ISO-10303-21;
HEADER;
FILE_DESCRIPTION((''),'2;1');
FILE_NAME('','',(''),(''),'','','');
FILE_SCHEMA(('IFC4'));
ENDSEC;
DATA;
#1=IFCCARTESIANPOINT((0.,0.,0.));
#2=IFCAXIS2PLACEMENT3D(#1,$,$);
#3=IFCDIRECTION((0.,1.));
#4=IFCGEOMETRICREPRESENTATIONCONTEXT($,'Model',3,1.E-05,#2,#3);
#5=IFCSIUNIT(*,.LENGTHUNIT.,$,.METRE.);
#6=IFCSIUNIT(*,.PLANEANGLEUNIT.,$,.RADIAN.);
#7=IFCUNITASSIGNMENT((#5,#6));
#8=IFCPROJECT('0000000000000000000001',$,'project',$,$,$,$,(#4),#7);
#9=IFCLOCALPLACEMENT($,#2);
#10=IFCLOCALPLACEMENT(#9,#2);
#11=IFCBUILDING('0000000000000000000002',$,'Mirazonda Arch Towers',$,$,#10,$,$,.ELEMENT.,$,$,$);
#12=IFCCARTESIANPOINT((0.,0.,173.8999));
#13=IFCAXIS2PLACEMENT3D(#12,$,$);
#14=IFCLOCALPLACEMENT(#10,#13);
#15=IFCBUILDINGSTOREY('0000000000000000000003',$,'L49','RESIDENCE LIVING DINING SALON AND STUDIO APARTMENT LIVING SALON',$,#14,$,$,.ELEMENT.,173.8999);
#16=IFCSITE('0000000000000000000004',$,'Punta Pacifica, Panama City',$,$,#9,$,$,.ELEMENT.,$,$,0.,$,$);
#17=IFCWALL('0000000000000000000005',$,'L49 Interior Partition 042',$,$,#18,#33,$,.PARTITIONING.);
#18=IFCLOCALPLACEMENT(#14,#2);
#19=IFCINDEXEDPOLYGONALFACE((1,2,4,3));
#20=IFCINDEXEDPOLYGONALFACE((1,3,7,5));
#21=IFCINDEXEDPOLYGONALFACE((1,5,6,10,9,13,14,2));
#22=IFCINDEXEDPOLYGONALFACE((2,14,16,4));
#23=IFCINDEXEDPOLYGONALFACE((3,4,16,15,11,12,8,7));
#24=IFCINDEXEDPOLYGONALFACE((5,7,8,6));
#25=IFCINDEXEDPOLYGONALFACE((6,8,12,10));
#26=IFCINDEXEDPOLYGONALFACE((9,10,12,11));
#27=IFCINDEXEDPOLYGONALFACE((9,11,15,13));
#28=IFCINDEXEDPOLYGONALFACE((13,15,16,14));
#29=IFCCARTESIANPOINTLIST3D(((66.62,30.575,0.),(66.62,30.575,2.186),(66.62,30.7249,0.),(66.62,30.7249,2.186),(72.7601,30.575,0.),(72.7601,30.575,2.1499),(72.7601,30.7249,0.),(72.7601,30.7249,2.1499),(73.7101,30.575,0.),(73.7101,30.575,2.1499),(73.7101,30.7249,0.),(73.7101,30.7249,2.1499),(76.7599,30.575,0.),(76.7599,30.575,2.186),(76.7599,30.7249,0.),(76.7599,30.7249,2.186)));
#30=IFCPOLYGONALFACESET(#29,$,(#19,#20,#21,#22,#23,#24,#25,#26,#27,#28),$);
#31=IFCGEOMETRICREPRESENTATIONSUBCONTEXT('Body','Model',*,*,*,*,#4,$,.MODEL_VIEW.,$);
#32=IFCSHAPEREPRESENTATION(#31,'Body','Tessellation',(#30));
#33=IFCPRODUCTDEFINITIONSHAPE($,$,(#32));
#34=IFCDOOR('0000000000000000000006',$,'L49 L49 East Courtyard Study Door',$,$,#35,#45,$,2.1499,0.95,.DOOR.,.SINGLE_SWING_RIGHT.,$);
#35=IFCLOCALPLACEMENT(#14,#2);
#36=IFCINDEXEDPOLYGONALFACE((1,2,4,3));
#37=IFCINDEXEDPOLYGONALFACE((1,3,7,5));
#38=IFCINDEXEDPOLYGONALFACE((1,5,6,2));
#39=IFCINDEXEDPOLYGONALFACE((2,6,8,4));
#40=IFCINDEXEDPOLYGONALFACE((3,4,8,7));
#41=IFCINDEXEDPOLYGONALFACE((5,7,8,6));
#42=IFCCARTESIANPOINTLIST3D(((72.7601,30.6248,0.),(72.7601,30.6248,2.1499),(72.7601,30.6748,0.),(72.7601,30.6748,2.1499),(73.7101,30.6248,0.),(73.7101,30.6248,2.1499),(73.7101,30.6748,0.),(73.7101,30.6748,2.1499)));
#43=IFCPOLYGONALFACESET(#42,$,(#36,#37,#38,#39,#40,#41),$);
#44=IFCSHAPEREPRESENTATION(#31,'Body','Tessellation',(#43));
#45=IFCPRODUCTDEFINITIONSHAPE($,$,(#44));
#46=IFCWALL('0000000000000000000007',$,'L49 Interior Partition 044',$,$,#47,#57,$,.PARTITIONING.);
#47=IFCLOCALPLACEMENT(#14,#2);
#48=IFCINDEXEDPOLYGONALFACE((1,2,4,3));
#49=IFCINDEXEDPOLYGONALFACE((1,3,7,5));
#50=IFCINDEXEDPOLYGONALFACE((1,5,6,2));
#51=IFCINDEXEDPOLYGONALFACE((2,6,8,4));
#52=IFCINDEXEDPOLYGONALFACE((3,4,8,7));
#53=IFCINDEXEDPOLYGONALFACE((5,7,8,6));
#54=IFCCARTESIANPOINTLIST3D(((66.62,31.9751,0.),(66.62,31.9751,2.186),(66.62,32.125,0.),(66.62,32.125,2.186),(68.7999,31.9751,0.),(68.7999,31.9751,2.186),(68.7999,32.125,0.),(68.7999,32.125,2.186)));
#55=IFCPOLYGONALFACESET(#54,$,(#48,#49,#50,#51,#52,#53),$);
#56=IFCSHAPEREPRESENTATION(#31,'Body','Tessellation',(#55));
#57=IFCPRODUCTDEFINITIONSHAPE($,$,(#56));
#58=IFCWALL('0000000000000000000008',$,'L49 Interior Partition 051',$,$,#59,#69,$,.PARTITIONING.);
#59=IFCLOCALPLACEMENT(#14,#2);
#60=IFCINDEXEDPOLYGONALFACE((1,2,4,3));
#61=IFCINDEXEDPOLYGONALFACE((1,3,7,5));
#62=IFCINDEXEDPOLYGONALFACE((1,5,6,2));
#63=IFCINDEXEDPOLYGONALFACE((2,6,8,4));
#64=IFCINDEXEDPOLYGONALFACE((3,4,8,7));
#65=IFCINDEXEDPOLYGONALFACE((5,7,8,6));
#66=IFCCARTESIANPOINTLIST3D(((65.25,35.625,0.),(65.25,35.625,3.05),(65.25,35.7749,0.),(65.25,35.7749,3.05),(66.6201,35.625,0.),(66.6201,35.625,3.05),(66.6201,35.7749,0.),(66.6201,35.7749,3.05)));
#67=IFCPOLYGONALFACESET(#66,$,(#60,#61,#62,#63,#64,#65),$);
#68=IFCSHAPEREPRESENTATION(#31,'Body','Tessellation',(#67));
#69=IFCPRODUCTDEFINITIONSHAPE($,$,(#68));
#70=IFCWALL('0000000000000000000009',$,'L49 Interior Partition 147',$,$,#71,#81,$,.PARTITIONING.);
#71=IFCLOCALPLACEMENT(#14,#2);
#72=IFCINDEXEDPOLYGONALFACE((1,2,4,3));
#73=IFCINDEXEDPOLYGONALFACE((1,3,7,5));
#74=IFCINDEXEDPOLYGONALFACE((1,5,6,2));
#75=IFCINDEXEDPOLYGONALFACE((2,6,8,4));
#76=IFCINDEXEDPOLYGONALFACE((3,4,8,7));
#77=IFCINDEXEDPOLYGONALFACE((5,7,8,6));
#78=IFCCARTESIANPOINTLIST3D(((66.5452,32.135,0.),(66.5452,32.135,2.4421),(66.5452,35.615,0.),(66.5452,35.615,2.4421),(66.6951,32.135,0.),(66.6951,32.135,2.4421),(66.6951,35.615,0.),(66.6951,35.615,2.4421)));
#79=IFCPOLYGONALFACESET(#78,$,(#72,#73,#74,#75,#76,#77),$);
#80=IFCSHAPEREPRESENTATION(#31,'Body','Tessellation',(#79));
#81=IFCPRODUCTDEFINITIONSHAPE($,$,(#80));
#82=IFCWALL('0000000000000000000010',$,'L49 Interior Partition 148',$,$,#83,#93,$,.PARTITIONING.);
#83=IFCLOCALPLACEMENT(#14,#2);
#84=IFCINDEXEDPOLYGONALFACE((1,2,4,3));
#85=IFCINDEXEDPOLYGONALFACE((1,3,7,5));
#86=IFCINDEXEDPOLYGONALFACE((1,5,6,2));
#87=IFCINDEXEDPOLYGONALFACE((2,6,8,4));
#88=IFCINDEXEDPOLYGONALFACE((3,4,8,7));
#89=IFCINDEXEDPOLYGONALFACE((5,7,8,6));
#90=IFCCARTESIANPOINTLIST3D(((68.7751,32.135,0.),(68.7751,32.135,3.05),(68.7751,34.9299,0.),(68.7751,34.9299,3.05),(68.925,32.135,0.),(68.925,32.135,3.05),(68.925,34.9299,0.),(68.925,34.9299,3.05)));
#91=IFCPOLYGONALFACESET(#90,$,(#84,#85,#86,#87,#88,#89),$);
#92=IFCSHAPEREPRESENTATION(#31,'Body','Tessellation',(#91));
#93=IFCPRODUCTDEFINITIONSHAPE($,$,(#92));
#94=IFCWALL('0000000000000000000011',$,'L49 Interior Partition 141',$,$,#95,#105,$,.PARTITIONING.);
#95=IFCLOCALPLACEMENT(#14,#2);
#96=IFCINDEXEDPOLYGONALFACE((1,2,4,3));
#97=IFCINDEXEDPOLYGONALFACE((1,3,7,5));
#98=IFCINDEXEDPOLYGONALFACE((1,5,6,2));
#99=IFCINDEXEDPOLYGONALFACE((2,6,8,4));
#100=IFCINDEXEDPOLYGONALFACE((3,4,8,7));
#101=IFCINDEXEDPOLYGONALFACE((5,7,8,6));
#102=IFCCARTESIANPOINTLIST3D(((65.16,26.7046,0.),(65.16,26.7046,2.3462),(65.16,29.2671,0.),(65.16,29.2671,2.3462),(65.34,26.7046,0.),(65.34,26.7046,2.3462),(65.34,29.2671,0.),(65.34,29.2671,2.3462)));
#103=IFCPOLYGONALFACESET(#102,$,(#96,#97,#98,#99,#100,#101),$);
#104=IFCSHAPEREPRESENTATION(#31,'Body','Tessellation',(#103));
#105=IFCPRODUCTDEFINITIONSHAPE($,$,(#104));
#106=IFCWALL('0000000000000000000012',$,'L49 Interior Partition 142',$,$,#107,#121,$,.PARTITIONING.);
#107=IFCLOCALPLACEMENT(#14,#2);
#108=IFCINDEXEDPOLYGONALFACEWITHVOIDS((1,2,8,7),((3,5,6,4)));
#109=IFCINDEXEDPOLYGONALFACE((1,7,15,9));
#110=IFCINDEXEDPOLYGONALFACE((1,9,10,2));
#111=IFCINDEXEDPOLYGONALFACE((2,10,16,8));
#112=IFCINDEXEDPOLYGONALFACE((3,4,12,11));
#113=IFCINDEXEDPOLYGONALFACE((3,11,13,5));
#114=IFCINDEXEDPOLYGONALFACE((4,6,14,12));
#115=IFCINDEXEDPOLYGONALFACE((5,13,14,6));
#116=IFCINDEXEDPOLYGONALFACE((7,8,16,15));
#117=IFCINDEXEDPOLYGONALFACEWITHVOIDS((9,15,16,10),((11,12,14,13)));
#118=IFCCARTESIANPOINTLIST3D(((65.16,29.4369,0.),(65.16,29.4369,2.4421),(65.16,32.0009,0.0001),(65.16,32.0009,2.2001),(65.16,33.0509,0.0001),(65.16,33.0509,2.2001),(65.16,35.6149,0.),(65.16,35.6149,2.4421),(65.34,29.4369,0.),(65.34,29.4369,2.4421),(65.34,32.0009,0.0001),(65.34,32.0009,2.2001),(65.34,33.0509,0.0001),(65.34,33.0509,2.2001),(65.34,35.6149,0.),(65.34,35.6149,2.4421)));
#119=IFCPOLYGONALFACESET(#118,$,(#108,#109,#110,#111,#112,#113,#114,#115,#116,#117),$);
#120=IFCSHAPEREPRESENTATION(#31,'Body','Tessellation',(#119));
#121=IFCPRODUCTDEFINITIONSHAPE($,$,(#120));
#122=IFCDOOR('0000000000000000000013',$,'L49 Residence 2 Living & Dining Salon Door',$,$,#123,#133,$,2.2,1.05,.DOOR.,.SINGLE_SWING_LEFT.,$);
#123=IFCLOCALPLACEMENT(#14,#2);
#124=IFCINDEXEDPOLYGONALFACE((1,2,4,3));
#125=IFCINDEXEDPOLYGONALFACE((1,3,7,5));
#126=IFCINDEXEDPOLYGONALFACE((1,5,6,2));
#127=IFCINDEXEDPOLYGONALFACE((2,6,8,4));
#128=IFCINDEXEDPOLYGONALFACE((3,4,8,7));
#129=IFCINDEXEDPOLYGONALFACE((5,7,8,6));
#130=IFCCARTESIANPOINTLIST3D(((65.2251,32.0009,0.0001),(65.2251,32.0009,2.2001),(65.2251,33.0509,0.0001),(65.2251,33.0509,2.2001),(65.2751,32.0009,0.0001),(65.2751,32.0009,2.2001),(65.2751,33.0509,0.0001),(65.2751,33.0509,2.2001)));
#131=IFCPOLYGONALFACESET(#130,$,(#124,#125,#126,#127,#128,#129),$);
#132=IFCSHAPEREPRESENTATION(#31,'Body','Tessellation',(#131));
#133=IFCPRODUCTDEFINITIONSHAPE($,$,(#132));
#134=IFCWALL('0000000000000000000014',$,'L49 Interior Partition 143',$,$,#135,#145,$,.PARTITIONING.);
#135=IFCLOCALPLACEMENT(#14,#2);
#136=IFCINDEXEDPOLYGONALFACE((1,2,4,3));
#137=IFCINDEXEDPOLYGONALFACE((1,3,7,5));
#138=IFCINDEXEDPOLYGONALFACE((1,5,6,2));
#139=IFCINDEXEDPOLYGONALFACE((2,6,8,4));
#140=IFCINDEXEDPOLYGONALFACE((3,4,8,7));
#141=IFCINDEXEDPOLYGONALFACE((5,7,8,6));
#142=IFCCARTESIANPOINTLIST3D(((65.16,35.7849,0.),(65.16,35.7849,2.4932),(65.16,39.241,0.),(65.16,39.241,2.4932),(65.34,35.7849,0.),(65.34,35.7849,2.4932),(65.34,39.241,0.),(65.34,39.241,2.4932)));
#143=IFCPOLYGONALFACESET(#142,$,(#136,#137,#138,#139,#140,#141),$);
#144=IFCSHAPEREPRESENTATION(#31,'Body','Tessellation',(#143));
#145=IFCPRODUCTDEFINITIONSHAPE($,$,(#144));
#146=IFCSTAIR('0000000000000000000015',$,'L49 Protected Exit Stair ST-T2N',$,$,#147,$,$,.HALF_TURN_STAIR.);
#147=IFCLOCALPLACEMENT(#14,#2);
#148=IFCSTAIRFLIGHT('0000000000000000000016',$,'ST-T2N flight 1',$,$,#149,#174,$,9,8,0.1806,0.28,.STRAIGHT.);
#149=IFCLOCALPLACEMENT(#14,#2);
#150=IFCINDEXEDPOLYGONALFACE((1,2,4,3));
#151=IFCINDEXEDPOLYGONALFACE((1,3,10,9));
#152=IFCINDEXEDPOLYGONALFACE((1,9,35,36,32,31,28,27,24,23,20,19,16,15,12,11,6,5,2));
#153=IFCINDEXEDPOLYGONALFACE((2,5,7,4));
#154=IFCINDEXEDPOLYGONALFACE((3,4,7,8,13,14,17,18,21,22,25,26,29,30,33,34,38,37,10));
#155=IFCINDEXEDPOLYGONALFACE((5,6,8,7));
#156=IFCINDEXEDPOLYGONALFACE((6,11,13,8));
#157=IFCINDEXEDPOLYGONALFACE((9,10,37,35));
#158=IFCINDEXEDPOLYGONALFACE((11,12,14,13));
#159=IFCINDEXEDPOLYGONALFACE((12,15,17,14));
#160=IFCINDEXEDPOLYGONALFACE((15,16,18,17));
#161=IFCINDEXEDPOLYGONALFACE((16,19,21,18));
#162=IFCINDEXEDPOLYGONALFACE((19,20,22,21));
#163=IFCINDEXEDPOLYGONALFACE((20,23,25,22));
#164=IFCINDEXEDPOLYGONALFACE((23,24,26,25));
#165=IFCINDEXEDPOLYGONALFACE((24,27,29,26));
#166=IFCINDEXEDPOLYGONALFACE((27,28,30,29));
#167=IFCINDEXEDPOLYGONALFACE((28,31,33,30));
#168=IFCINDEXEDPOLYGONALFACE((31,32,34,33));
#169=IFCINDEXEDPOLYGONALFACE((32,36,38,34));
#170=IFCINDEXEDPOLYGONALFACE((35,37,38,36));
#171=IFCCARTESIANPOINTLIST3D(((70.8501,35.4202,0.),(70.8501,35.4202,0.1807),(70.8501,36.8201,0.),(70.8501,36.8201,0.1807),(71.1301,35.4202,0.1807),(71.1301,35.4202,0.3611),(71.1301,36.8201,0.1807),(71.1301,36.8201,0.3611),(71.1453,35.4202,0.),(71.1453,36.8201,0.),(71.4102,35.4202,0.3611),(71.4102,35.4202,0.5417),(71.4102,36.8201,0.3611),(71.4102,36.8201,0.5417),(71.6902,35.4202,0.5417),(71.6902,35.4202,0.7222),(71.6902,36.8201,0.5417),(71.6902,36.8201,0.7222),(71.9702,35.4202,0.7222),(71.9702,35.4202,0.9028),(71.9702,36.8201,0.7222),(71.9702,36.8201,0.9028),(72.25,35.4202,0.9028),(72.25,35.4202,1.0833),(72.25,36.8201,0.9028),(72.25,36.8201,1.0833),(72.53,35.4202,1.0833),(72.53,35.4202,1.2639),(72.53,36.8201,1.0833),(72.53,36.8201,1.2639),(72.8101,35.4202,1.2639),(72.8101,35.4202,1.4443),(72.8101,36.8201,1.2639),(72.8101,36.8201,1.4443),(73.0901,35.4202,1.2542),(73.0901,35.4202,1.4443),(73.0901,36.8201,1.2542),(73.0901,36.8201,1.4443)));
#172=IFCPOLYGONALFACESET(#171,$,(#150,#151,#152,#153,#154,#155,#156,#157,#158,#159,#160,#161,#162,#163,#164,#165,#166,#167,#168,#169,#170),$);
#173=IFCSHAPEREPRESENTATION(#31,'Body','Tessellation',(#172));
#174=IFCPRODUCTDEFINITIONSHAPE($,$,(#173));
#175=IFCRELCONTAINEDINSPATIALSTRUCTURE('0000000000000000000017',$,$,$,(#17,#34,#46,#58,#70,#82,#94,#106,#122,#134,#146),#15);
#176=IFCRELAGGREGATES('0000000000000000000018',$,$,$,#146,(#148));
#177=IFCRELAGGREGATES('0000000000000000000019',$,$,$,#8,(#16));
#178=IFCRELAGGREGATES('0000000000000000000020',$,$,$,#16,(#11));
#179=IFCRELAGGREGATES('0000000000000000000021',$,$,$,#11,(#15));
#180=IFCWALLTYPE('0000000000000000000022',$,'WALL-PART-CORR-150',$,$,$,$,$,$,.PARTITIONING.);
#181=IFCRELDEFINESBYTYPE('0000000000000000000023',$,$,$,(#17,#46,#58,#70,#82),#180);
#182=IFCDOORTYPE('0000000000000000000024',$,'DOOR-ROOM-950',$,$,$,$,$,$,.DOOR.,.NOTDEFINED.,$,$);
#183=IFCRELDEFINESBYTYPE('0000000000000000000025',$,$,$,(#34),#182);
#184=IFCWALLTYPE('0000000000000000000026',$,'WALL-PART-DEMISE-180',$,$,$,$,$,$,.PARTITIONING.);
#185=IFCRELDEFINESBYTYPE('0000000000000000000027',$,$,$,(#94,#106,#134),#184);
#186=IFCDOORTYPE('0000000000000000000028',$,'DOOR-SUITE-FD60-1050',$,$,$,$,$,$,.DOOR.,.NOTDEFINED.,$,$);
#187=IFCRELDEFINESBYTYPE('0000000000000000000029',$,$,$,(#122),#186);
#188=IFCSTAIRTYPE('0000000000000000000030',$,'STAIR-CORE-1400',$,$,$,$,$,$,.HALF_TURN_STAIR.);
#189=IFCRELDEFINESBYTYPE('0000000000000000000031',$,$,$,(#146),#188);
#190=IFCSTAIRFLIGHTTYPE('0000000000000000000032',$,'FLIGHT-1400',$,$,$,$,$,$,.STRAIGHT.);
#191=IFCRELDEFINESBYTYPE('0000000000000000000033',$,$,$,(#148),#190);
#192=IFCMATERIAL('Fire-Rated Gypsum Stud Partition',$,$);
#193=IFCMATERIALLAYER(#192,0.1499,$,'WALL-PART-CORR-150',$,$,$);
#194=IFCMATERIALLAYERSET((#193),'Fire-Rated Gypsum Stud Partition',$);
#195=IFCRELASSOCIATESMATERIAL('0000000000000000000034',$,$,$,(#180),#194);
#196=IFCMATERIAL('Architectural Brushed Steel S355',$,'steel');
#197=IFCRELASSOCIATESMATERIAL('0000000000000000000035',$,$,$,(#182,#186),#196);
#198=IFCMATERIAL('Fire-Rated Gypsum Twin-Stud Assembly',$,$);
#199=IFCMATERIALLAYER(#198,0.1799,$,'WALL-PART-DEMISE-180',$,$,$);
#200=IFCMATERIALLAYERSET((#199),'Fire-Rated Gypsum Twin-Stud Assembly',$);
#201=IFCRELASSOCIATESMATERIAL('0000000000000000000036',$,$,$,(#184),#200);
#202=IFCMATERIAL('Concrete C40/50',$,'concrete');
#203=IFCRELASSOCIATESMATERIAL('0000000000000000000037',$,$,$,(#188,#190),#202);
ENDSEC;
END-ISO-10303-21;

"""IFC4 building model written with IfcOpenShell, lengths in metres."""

from ifc_helpers import new_model, si_unit, direction, frame, frame_2d, origin, place, context, subcontext, project, spatial, polyline, rectangle, outline, extrude, material, layer, layer_set, type_object, element, fill, aggregate, save


model = new_model("IFC4")

# Units and contexts
model_context = context("Model", 3, precision=1e-05, world=origin(), true_north=direction((0.0, 1.0)))
body_context = subcontext(model_context, "Body", "Model", "MODEL_VIEW")
ifc_project = project(units=[si_unit("LENGTHUNIT", "METRE"), si_unit("PLANEANGLEUNIT", "RADIAN")], contexts=[model_context])

# Site, building, storey
site_placement = place(None, origin())
site = spatial("IfcSite", under=ifc_project, at=site_placement, Name="Punta Pacifica, Panama City", CompositionType="ELEMENT", RefElevation=0.0)
building_placement = place(site_placement, origin())
building = spatial("IfcBuilding", under=site, at=building_placement, Name="Mirazonda Arch Towers", CompositionType="ELEMENT")
storey_placement = place(building_placement, frame((0.0, 0.0, 173.8999)))
storey = spatial("IfcBuildingStorey", under=building, at=storey_placement, Name="L49", Description="RESIDENCE LIVING DINING SALON AND STUDIO APARTMENT LIVING SALON", CompositionType="ELEMENT", Elevation=173.8999)

# Shared definitions
ifc_material_1 = material(Name="Architectural Brushed Steel S355", Category="steel")

# Wall, opening, door
ifc_material_2 = material(Name="Fire-Rated Gypsum Stud Partition")
ifc_layer_1 = layer(ifc_material_2, 0.1499, Name="WALL-PART-CORR-150")
ifc_layer_set_1 = layer_set([ifc_layer_1], Name="Fire-Rated Gypsum Stud Partition")
wall_type_1 = type_object("IfcWallType", Name="WALL-PART-CORR-150", PredefinedType="PARTITIONING", material=ifc_layer_set_1)
wall_1_placement = place(storey_placement, frame((66.6201, 30.6499, 0.0), z_axis=(0.0, 0.0, 1.0), x_axis=(1.0, 0.0, 0.0)))
wall_1 = element("IfcWall", 1, at=wall_1_placement, inside=storey, type_object=wall_type_1, Name="L49 Interior Partition 042", PredefinedType="PARTITIONING", context=body_context, shape_type="SweptSolid", body=[
    extrude(rectangle(XDim=10.1399, YDim=0.1499, at=frame_2d((5.0698, 0.0))), origin(), (0.0, 0.0, 1.0), 2.186),
])
opening_1_placement = place(wall_1_placement, frame((6.1399, 0.0, 0.0)))
opening_1 = element("IfcOpeningElement", 2, at=opening_1_placement, cuts=wall_1, PredefinedType="OPENING", context=body_context, shape_type="SweptSolid", body=[
    extrude(rectangle(XDim=0.95, YDim=2.1499, at=frame_2d((0.4751, 1.075))), frame((0.0, 0.085, 0.0), z_axis=(0.0, -1.0, 0.0), x_axis=(1.0, 0.0, 0.0)), (0.0, 0.0, 1.0), 0.1699),
])
door_type_1 = type_object("IfcDoorType", Name="DOOR-ROOM-950", OperationType="NOTDEFINED", PredefinedType="DOOR", material=ifc_material_1)
door_1_placement = place(opening_1_placement, origin())
door_1 = element("IfcDoor", 3, at=door_1_placement, inside=storey, type_object=door_type_1, Name="L49 L49 East Courtyard Study Door", OperationType="SINGLE_SWING_RIGHT", OverallHeight=2.1499, OverallWidth=0.95, PredefinedType="DOOR", context=body_context, shape_type="SweptSolid", body=[
    extrude(rectangle(XDim=0.95, YDim=2.1499, at=frame_2d((0.4751, 1.075))), frame((0.0, 0.0249, 0.0), z_axis=(0.0, -1.0, 0.0), x_axis=(1.0, 0.0, 0.0)), (0.0, 0.0, 1.0), 0.05),
])
fill(opening_1, door_1)

# Walls
wall_2_placement = place(storey_placement, frame((66.6201, 32.05, 0.0), z_axis=(0.0, 0.0, 1.0), x_axis=(1.0, 0.0, 0.0)))
element("IfcWall", 4, at=wall_2_placement, inside=storey, type_object=wall_type_1, Name="L49 Interior Partition 044", PredefinedType="PARTITIONING", context=body_context, shape_type="SweptSolid", body=[
    extrude(rectangle(XDim=2.1799, YDim=0.1499, at=frame_2d((1.0898, 0.0))), origin(), (0.0, 0.0, 1.0), 2.186),
])
wall_3_placement = place(storey_placement, frame((65.25, 35.7, 0.0), z_axis=(0.0, 0.0, 1.0), x_axis=(1.0, 0.0, 0.0)))
element("IfcWall", 5, at=wall_3_placement, inside=storey, type_object=wall_type_1, Name="L49 Interior Partition 051", PredefinedType="PARTITIONING", context=body_context, shape_type="SweptSolid", body=[
    extrude(rectangle(XDim=1.3701, YDim=0.1499, at=frame_2d((0.6851, 0.0))), origin(), (0.0, 0.0, 1.0), 3.05),
])
wall_4_placement = place(storey_placement, frame((66.6201, 32.135, 0.0), z_axis=(0.0, 0.0, 1.0), x_axis=(0.0, 1.0, 0.0)))
element("IfcWall", 6, at=wall_4_placement, inside=storey, type_object=wall_type_1, Name="L49 Interior Partition 147", PredefinedType="PARTITIONING", context=body_context, shape_type="SweptSolid", body=[
    extrude(rectangle(XDim=3.48, YDim=0.1499, at=frame_2d((1.74, 0.0))), origin(), (0.0, 0.0, 1.0), 2.4421),
])
wall_5_placement = place(storey_placement, frame((68.8501, 32.135, 0.0), z_axis=(0.0, 0.0, 1.0), x_axis=(0.0, 1.0, 0.0)))
element("IfcWall", 7, at=wall_5_placement, inside=storey, type_object=wall_type_1, Name="L49 Interior Partition 148", PredefinedType="PARTITIONING", context=body_context, shape_type="SweptSolid", body=[
    extrude(rectangle(XDim=2.7949, YDim=0.1499, at=frame_2d((1.3975, 0.0))), origin(), (0.0, 0.0, 1.0), 3.05),
])
ifc_material_3 = material(Name="Fire-Rated Gypsum Twin-Stud Assembly")
ifc_layer_2 = layer(ifc_material_3, 0.1799, Name="WALL-PART-DEMISE-180")
ifc_layer_set_2 = layer_set([ifc_layer_2], Name="Fire-Rated Gypsum Twin-Stud Assembly")
wall_type_2 = type_object("IfcWallType", Name="WALL-PART-DEMISE-180", PredefinedType="PARTITIONING", material=ifc_layer_set_2)
wall_6_placement = place(storey_placement, frame((65.25, 26.7046, 0.0), z_axis=(0.0, 0.0, 1.0), x_axis=(0.0, 1.0, 0.0)))
element("IfcWall", 8, at=wall_6_placement, inside=storey, type_object=wall_type_2, Name="L49 Interior Partition 141", PredefinedType="PARTITIONING", context=body_context, shape_type="SweptSolid", body=[
    extrude(rectangle(XDim=2.5625, YDim=0.1799, at=frame_2d((1.2812, 0.0))), origin(), (0.0, 0.0, 1.0), 2.3462),
])

# Wall, opening, door
wall_7_placement = place(storey_placement, frame((65.25, 29.437, 0.0), z_axis=(0.0, 0.0, 1.0), x_axis=(0.0, 1.0, 0.0)))
wall_7 = element("IfcWall", 9, at=wall_7_placement, inside=storey, type_object=wall_type_2, Name="L49 Interior Partition 142", PredefinedType="PARTITIONING", context=body_context, shape_type="SweptSolid", body=[
    extrude(rectangle(XDim=6.178, YDim=0.1799, at=frame_2d((3.0889, 0.0))), origin(), (0.0, 0.0, 1.0), 2.4421),
])
opening_2_placement = place(wall_7_placement, frame((2.564, 0.0, 0.0)))
opening_2 = element("IfcOpeningElement", 10, at=opening_2_placement, cuts=wall_7, PredefinedType="OPENING", context=body_context, shape_type="SweptSolid", body=[
    extrude(rectangle(XDim=1.05, YDim=2.2, at=frame_2d((0.5249, 1.1001))), frame((0.0, 0.0999, 0.0), z_axis=(0.0, -1.0, 0.0), x_axis=(1.0, 0.0, 0.0)), (0.0, 0.0, 1.0), 0.2),
])
door_type_2 = type_object("IfcDoorType", Name="DOOR-SUITE-FD60-1050", OperationType="NOTDEFINED", PredefinedType="DOOR", material=ifc_material_1)
door_2_placement = place(opening_2_placement, origin())
door_2 = element("IfcDoor", 11, at=door_2_placement, inside=storey, type_object=door_type_2, Name="L49 Residence 2 Living & Dining Salon Door", OperationType="SINGLE_SWING_LEFT", OverallHeight=2.2, OverallWidth=1.05, PredefinedType="DOOR", context=body_context, shape_type="SweptSolid", body=[
    extrude(rectangle(XDim=1.05, YDim=2.2, at=frame_2d((0.5249, 1.1001))), frame((0.0, 0.0249, 0.0), z_axis=(0.0, -1.0, 0.0), x_axis=(1.0, 0.0, 0.0)), (0.0, 0.0, 1.0), 0.05),
])
fill(opening_2, door_2)

# Wall
wall_8_placement = place(storey_placement, frame((65.25, 35.7849, 0.0), z_axis=(0.0, 0.0, 1.0), x_axis=(0.0, 1.0, 0.0)))
element("IfcWall", 12, at=wall_8_placement, inside=storey, type_object=wall_type_2, Name="L49 Interior Partition 143", PredefinedType="PARTITIONING", context=body_context, shape_type="SweptSolid", body=[
    extrude(rectangle(XDim=3.4561, YDim=0.1799, at=frame_2d((1.728, 0.0))), origin(), (0.0, 0.0, 1.0), 2.4932),
])

# Stair, stair flight
ifc_material_4 = material(Name="Concrete C40/50", Category="concrete")
stair_type = type_object("IfcStairType", Name="STAIR-CORE-1400", PredefinedType="HALF_TURN_STAIR", material=ifc_material_4)
stair_placement = place(storey_placement, origin())
stair = element("IfcStair", 13, at=stair_placement, inside=storey, type_object=stair_type, Name="L49 Protected Exit Stair ST-T2N", PredefinedType="HALF_TURN_STAIR")
stair_flight_type = type_object("IfcStairFlightType", Name="FLIGHT-1400", PredefinedType="STRAIGHT", material=ifc_material_4)
stair_flight_placement = place(storey_placement, frame((70.8501, 36.1201, 0.0), z_axis=(0.0, 0.0, 1.0), x_axis=(1.0, 0.0, 0.0)))
stair_flight = element("IfcStairFlight", 14, at=stair_flight_placement, type_object=stair_flight_type, Name="ST-T2N flight 1", NumberOfRisers=9, NumberOfTreads=8, PredefinedType="STRAIGHT", RiserHeight=0.1806, TreadLength=0.28, context=body_context, shape_type="SweptSolid", body=[
    extrude(outline(polyline([(0.0, 0.0), (0.0, 0.1807), (0.28, 0.1807), (0.28, 0.3611), (0.5601, 0.3611), (0.5601, 0.5417), (0.8401, 0.5417), (0.8401, 0.7222), (1.1201, 0.7222), (1.1201, 0.9028), (1.3999, 0.9028), (1.3999, 1.0833), (1.6799, 1.0833), (1.6799, 1.2639), (1.96, 1.2639), (1.96, 1.4443), (2.24, 1.4443), (2.24, 1.625), (2.24, 1.2542), (0.2952, 0.0), (0.0, 0.0)])), frame((0.0, 0.7, 0.0), z_axis=(0.0, -1.0, 0.0), x_axis=(1.0, 0.0, 0.0)), (0.0, 0.0, 1.0), 1.3999),
])
aggregate(stair, [stair_flight])

save(model, "model.ifc")
